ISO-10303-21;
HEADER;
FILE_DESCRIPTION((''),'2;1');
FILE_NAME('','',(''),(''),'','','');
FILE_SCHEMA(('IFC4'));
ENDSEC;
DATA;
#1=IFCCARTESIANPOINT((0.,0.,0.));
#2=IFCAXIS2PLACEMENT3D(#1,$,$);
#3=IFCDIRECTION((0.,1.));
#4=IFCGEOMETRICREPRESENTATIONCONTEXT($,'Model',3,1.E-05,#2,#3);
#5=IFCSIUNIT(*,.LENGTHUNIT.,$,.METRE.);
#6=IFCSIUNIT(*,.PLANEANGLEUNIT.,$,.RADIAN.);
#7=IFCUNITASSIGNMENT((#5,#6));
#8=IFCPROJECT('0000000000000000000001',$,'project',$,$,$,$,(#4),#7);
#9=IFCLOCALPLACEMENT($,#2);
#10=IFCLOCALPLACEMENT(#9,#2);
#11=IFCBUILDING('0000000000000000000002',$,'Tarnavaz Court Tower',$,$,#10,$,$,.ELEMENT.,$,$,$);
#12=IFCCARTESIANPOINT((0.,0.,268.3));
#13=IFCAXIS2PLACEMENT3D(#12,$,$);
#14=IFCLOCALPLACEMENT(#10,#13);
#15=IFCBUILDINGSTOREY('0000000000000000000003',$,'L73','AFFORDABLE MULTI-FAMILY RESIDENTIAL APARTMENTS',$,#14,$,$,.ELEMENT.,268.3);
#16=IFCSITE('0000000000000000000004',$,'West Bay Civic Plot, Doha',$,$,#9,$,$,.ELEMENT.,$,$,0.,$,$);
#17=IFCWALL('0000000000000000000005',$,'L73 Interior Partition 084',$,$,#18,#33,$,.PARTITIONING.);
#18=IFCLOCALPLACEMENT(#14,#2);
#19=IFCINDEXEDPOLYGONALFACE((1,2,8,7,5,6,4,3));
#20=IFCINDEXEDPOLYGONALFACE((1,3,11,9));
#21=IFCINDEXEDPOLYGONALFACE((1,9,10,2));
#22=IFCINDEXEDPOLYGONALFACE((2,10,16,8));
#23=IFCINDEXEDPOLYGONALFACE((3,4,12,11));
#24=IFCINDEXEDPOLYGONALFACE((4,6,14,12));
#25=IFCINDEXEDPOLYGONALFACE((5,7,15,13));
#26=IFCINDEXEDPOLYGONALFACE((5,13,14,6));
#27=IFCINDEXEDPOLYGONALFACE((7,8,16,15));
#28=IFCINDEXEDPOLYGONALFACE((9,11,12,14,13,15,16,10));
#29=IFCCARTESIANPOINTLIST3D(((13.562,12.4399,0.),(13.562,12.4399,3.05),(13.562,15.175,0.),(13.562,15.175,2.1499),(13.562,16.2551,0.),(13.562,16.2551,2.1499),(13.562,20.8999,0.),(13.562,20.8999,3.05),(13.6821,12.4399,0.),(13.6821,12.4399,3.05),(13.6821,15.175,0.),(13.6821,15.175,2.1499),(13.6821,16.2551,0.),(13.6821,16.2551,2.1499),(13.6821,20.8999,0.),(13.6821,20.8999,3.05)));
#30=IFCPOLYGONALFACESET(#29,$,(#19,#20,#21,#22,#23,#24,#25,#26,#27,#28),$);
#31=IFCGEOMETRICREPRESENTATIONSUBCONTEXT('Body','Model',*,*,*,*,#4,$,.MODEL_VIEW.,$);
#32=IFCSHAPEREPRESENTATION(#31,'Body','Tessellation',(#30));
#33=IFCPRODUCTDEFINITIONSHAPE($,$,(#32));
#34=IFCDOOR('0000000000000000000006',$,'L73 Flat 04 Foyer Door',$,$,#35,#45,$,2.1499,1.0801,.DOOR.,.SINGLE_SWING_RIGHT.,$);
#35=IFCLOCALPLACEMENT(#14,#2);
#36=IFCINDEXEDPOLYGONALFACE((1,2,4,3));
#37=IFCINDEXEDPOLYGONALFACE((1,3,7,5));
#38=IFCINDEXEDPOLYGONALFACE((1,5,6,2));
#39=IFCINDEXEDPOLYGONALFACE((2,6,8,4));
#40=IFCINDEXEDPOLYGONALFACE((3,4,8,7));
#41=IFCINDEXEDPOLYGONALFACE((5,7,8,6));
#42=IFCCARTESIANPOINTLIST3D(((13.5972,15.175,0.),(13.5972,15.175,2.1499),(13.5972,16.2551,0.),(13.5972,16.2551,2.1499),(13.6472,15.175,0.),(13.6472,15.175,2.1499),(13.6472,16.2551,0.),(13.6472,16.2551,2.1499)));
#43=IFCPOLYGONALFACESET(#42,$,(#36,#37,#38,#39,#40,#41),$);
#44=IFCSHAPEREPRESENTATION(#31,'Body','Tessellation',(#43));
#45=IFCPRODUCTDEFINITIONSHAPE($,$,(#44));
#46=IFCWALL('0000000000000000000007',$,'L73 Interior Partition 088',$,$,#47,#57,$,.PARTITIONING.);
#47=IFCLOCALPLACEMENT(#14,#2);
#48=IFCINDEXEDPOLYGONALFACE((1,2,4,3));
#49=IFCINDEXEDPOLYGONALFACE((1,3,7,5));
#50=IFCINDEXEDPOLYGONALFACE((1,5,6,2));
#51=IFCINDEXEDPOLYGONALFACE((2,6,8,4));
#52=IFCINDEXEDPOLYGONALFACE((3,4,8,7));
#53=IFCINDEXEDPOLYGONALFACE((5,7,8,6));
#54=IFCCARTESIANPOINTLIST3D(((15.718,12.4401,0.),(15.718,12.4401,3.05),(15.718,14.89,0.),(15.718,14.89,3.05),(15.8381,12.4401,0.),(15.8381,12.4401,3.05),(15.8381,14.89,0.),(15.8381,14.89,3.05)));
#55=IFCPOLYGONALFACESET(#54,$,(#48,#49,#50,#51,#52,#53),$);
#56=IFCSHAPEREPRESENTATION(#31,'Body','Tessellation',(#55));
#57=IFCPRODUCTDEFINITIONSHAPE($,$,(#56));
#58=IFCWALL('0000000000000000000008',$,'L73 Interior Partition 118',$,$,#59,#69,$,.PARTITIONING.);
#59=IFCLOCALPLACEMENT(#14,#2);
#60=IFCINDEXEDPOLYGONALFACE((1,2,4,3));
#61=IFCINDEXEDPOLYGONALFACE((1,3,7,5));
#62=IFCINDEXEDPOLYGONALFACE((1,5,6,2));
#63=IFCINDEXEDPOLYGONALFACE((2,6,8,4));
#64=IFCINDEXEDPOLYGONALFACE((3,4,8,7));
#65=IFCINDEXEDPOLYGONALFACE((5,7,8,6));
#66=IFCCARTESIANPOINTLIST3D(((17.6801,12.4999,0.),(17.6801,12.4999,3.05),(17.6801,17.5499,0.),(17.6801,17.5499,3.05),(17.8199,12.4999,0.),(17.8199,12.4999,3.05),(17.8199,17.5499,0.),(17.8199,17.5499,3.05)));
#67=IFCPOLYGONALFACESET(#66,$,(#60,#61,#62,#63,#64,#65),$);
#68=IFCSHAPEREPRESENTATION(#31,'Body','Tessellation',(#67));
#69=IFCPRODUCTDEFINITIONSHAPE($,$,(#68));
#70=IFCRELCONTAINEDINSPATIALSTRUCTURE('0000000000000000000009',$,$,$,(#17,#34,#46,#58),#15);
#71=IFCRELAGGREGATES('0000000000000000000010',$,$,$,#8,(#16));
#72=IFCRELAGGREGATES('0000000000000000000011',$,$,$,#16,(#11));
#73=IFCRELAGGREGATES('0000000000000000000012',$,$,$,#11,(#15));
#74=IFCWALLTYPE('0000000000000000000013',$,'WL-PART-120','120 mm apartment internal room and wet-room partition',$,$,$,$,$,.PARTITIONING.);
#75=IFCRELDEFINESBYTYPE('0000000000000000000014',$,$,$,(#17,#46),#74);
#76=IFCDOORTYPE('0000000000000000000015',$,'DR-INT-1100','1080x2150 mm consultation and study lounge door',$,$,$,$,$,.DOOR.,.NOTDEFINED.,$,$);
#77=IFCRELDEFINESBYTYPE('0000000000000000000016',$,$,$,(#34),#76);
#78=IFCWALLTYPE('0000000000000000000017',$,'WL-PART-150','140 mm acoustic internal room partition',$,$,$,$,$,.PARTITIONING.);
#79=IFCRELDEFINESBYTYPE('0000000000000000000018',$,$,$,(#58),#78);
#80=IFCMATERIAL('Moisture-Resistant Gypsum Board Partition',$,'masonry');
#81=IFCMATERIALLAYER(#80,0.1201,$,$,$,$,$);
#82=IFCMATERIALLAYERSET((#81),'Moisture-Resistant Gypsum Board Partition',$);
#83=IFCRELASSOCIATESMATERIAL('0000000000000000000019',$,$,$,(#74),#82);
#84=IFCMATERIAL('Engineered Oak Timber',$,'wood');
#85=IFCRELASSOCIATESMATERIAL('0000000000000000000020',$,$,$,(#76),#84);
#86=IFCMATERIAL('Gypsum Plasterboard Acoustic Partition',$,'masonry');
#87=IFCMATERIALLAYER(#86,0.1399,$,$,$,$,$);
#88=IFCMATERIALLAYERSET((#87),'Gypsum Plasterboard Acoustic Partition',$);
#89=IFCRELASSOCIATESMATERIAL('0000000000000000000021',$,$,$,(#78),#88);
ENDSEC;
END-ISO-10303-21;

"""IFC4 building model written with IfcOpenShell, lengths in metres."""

from ifc_helpers import new_model, si_unit, direction, frame, frame_2d, origin, place, context, subcontext, project, spatial, rectangle, extrude, material, layer, layer_set, type_object, element, fill, save


model = new_model("IFC4")

# Units and contexts
model_context = context("Model", 3, precision=1e-05, world=origin(), true_north=direction((0.0, 1.0)))
body_context = subcontext(model_context, "Body", "Model", "MODEL_VIEW")
ifc_project = project(units=[si_unit("LENGTHUNIT", "METRE"), si_unit("PLANEANGLEUNIT", "RADIAN")], contexts=[model_context])

# Site, building, storey
site_placement = place(None, origin())
site = spatial("IfcSite", under=ifc_project, at=site_placement, Name="West Bay Civic Plot, Doha", CompositionType="ELEMENT", RefElevation=0.0)
building_placement = place(site_placement, origin())
building = spatial("IfcBuilding", under=site, at=building_placement, Name="Tarnavaz Court Tower", CompositionType="ELEMENT")
storey_placement = place(building_placement, frame((0.0, 0.0, 268.3)))
storey = spatial("IfcBuildingStorey", under=building, at=storey_placement, Name="L73", Description="AFFORDABLE MULTI-FAMILY RESIDENTIAL APARTMENTS", CompositionType="ELEMENT", Elevation=268.3)

# Wall, opening, door
ifc_material_1 = material(Name="Engineered Oak Timber", Category="wood")
ifc_material_2 = material(Name="Moisture-Resistant Gypsum Board Partition", Category="masonry")
ifc_layer_1 = layer(ifc_material_2, 0.1201)
ifc_layer_set_1 = layer_set([ifc_layer_1], Name="Moisture-Resistant Gypsum Board Partition")
wall_type_1 = type_object("IfcWallType", Name="WL-PART-120", Description="120 mm apartment internal room and wet-room partition", PredefinedType="PARTITIONING", material=ifc_layer_set_1)
wall_1_placement = place(storey_placement, frame((13.6221, 12.4399, 0.0), z_axis=(0.0, 0.0, 1.0), x_axis=(0.0, 1.0, 0.0)))
wall_1 = element("IfcWall", 1, at=wall_1_placement, inside=storey, type_object=wall_type_1, Name="L73 Interior Partition 084", PredefinedType="PARTITIONING", context=body_context, shape_type="SweptSolid", body=[
    extrude(rectangle(XDim=8.46, YDim=0.1201, at=frame_2d((4.23, 0.0))), origin(), (0.0, 0.0, 1.0), 3.05),
])
opening_1_placement = place(wall_1_placement, frame((2.7351, 0.0, 0.0)))
opening_1 = element("IfcOpeningElement", 2, at=opening_1_placement, cuts=wall_1, PredefinedType="OPENING", context=body_context, shape_type="SweptSolid", body=[
    extrude(rectangle(XDim=1.0801, YDim=2.1499, at=frame_2d((0.54, 1.075))), frame((0.0, 0.0701, 0.0), z_axis=(0.0, -1.0, 0.0), x_axis=(1.0, 0.0, 0.0)), (0.0, 0.0, 1.0), 0.1401),
])
door_type_1 = type_object("IfcDoorType", Name="DR-INT-1100", Description="1080x2150 mm consultation and study lounge door", OperationType="NOTDEFINED", PredefinedType="DOOR", material=ifc_material_1)
door_1_placement = place(opening_1_placement, origin())
door_1 = element("IfcDoor", 3, at=door_1_placement, inside=storey, type_object=door_type_1, Name="L73 Flat 04 Foyer Door", OperationType="SINGLE_SWING_RIGHT", OverallHeight=2.1499, OverallWidth=1.0801, PredefinedType="DOOR", context=body_context, shape_type="SweptSolid", body=[
    extrude(rectangle(XDim=1.0801, YDim=2.1499, at=frame_2d((0.54, 1.075))), frame((0.0, 0.0249, 0.0), z_axis=(0.0, -1.0, 0.0), x_axis=(1.0, 0.0, 0.0)), (0.0, 0.0, 1.0), 0.05),
])
fill(opening_1, door_1)

# Walls
wall_2_placement = place(storey_placement, frame((15.7781, 12.4399, 0.0), z_axis=(0.0, 0.0, 1.0), x_axis=(0.0, 1.0, 0.0)))
element("IfcWall", 4, at=wall_2_placement, inside=storey, type_object=wall_type_1, Name="L73 Interior Partition 088", PredefinedType="PARTITIONING", context=body_context, shape_type="SweptSolid", body=[
    extrude(rectangle(XDim=2.45, YDim=0.1201, at=frame_2d((1.2251, 0.0))), origin(), (0.0, 0.0, 1.0), 3.05),
])
ifc_material_3 = material(Name="Gypsum Plasterboard Acoustic Partition", Category="masonry")
ifc_layer_2 = layer(ifc_material_3, 0.1399)
ifc_layer_set_2 = layer_set([ifc_layer_2], Name="Gypsum Plasterboard Acoustic Partition")
wall_type_2 = type_object("IfcWallType", Name="WL-PART-150", Description="140 mm acoustic internal room partition", PredefinedType="PARTITIONING", material=ifc_layer_set_2)
wall_3_placement = place(storey_placement, frame((17.75, 12.5, 0.0), z_axis=(0.0, 0.0, 1.0), x_axis=(0.0, 1.0, 0.0)))
element("IfcWall", 5, at=wall_3_placement, inside=storey, type_object=wall_type_2, Name="L73 Interior Partition 118", PredefinedType="PARTITIONING", context=body_context, shape_type="SweptSolid", body=[
    extrude(rectangle(XDim=5.05, YDim=0.1399, at=frame_2d((2.5249, 0.0))), origin(), (0.0, 0.0, 1.0), 3.05),
])

save(model, "model.ifc")
